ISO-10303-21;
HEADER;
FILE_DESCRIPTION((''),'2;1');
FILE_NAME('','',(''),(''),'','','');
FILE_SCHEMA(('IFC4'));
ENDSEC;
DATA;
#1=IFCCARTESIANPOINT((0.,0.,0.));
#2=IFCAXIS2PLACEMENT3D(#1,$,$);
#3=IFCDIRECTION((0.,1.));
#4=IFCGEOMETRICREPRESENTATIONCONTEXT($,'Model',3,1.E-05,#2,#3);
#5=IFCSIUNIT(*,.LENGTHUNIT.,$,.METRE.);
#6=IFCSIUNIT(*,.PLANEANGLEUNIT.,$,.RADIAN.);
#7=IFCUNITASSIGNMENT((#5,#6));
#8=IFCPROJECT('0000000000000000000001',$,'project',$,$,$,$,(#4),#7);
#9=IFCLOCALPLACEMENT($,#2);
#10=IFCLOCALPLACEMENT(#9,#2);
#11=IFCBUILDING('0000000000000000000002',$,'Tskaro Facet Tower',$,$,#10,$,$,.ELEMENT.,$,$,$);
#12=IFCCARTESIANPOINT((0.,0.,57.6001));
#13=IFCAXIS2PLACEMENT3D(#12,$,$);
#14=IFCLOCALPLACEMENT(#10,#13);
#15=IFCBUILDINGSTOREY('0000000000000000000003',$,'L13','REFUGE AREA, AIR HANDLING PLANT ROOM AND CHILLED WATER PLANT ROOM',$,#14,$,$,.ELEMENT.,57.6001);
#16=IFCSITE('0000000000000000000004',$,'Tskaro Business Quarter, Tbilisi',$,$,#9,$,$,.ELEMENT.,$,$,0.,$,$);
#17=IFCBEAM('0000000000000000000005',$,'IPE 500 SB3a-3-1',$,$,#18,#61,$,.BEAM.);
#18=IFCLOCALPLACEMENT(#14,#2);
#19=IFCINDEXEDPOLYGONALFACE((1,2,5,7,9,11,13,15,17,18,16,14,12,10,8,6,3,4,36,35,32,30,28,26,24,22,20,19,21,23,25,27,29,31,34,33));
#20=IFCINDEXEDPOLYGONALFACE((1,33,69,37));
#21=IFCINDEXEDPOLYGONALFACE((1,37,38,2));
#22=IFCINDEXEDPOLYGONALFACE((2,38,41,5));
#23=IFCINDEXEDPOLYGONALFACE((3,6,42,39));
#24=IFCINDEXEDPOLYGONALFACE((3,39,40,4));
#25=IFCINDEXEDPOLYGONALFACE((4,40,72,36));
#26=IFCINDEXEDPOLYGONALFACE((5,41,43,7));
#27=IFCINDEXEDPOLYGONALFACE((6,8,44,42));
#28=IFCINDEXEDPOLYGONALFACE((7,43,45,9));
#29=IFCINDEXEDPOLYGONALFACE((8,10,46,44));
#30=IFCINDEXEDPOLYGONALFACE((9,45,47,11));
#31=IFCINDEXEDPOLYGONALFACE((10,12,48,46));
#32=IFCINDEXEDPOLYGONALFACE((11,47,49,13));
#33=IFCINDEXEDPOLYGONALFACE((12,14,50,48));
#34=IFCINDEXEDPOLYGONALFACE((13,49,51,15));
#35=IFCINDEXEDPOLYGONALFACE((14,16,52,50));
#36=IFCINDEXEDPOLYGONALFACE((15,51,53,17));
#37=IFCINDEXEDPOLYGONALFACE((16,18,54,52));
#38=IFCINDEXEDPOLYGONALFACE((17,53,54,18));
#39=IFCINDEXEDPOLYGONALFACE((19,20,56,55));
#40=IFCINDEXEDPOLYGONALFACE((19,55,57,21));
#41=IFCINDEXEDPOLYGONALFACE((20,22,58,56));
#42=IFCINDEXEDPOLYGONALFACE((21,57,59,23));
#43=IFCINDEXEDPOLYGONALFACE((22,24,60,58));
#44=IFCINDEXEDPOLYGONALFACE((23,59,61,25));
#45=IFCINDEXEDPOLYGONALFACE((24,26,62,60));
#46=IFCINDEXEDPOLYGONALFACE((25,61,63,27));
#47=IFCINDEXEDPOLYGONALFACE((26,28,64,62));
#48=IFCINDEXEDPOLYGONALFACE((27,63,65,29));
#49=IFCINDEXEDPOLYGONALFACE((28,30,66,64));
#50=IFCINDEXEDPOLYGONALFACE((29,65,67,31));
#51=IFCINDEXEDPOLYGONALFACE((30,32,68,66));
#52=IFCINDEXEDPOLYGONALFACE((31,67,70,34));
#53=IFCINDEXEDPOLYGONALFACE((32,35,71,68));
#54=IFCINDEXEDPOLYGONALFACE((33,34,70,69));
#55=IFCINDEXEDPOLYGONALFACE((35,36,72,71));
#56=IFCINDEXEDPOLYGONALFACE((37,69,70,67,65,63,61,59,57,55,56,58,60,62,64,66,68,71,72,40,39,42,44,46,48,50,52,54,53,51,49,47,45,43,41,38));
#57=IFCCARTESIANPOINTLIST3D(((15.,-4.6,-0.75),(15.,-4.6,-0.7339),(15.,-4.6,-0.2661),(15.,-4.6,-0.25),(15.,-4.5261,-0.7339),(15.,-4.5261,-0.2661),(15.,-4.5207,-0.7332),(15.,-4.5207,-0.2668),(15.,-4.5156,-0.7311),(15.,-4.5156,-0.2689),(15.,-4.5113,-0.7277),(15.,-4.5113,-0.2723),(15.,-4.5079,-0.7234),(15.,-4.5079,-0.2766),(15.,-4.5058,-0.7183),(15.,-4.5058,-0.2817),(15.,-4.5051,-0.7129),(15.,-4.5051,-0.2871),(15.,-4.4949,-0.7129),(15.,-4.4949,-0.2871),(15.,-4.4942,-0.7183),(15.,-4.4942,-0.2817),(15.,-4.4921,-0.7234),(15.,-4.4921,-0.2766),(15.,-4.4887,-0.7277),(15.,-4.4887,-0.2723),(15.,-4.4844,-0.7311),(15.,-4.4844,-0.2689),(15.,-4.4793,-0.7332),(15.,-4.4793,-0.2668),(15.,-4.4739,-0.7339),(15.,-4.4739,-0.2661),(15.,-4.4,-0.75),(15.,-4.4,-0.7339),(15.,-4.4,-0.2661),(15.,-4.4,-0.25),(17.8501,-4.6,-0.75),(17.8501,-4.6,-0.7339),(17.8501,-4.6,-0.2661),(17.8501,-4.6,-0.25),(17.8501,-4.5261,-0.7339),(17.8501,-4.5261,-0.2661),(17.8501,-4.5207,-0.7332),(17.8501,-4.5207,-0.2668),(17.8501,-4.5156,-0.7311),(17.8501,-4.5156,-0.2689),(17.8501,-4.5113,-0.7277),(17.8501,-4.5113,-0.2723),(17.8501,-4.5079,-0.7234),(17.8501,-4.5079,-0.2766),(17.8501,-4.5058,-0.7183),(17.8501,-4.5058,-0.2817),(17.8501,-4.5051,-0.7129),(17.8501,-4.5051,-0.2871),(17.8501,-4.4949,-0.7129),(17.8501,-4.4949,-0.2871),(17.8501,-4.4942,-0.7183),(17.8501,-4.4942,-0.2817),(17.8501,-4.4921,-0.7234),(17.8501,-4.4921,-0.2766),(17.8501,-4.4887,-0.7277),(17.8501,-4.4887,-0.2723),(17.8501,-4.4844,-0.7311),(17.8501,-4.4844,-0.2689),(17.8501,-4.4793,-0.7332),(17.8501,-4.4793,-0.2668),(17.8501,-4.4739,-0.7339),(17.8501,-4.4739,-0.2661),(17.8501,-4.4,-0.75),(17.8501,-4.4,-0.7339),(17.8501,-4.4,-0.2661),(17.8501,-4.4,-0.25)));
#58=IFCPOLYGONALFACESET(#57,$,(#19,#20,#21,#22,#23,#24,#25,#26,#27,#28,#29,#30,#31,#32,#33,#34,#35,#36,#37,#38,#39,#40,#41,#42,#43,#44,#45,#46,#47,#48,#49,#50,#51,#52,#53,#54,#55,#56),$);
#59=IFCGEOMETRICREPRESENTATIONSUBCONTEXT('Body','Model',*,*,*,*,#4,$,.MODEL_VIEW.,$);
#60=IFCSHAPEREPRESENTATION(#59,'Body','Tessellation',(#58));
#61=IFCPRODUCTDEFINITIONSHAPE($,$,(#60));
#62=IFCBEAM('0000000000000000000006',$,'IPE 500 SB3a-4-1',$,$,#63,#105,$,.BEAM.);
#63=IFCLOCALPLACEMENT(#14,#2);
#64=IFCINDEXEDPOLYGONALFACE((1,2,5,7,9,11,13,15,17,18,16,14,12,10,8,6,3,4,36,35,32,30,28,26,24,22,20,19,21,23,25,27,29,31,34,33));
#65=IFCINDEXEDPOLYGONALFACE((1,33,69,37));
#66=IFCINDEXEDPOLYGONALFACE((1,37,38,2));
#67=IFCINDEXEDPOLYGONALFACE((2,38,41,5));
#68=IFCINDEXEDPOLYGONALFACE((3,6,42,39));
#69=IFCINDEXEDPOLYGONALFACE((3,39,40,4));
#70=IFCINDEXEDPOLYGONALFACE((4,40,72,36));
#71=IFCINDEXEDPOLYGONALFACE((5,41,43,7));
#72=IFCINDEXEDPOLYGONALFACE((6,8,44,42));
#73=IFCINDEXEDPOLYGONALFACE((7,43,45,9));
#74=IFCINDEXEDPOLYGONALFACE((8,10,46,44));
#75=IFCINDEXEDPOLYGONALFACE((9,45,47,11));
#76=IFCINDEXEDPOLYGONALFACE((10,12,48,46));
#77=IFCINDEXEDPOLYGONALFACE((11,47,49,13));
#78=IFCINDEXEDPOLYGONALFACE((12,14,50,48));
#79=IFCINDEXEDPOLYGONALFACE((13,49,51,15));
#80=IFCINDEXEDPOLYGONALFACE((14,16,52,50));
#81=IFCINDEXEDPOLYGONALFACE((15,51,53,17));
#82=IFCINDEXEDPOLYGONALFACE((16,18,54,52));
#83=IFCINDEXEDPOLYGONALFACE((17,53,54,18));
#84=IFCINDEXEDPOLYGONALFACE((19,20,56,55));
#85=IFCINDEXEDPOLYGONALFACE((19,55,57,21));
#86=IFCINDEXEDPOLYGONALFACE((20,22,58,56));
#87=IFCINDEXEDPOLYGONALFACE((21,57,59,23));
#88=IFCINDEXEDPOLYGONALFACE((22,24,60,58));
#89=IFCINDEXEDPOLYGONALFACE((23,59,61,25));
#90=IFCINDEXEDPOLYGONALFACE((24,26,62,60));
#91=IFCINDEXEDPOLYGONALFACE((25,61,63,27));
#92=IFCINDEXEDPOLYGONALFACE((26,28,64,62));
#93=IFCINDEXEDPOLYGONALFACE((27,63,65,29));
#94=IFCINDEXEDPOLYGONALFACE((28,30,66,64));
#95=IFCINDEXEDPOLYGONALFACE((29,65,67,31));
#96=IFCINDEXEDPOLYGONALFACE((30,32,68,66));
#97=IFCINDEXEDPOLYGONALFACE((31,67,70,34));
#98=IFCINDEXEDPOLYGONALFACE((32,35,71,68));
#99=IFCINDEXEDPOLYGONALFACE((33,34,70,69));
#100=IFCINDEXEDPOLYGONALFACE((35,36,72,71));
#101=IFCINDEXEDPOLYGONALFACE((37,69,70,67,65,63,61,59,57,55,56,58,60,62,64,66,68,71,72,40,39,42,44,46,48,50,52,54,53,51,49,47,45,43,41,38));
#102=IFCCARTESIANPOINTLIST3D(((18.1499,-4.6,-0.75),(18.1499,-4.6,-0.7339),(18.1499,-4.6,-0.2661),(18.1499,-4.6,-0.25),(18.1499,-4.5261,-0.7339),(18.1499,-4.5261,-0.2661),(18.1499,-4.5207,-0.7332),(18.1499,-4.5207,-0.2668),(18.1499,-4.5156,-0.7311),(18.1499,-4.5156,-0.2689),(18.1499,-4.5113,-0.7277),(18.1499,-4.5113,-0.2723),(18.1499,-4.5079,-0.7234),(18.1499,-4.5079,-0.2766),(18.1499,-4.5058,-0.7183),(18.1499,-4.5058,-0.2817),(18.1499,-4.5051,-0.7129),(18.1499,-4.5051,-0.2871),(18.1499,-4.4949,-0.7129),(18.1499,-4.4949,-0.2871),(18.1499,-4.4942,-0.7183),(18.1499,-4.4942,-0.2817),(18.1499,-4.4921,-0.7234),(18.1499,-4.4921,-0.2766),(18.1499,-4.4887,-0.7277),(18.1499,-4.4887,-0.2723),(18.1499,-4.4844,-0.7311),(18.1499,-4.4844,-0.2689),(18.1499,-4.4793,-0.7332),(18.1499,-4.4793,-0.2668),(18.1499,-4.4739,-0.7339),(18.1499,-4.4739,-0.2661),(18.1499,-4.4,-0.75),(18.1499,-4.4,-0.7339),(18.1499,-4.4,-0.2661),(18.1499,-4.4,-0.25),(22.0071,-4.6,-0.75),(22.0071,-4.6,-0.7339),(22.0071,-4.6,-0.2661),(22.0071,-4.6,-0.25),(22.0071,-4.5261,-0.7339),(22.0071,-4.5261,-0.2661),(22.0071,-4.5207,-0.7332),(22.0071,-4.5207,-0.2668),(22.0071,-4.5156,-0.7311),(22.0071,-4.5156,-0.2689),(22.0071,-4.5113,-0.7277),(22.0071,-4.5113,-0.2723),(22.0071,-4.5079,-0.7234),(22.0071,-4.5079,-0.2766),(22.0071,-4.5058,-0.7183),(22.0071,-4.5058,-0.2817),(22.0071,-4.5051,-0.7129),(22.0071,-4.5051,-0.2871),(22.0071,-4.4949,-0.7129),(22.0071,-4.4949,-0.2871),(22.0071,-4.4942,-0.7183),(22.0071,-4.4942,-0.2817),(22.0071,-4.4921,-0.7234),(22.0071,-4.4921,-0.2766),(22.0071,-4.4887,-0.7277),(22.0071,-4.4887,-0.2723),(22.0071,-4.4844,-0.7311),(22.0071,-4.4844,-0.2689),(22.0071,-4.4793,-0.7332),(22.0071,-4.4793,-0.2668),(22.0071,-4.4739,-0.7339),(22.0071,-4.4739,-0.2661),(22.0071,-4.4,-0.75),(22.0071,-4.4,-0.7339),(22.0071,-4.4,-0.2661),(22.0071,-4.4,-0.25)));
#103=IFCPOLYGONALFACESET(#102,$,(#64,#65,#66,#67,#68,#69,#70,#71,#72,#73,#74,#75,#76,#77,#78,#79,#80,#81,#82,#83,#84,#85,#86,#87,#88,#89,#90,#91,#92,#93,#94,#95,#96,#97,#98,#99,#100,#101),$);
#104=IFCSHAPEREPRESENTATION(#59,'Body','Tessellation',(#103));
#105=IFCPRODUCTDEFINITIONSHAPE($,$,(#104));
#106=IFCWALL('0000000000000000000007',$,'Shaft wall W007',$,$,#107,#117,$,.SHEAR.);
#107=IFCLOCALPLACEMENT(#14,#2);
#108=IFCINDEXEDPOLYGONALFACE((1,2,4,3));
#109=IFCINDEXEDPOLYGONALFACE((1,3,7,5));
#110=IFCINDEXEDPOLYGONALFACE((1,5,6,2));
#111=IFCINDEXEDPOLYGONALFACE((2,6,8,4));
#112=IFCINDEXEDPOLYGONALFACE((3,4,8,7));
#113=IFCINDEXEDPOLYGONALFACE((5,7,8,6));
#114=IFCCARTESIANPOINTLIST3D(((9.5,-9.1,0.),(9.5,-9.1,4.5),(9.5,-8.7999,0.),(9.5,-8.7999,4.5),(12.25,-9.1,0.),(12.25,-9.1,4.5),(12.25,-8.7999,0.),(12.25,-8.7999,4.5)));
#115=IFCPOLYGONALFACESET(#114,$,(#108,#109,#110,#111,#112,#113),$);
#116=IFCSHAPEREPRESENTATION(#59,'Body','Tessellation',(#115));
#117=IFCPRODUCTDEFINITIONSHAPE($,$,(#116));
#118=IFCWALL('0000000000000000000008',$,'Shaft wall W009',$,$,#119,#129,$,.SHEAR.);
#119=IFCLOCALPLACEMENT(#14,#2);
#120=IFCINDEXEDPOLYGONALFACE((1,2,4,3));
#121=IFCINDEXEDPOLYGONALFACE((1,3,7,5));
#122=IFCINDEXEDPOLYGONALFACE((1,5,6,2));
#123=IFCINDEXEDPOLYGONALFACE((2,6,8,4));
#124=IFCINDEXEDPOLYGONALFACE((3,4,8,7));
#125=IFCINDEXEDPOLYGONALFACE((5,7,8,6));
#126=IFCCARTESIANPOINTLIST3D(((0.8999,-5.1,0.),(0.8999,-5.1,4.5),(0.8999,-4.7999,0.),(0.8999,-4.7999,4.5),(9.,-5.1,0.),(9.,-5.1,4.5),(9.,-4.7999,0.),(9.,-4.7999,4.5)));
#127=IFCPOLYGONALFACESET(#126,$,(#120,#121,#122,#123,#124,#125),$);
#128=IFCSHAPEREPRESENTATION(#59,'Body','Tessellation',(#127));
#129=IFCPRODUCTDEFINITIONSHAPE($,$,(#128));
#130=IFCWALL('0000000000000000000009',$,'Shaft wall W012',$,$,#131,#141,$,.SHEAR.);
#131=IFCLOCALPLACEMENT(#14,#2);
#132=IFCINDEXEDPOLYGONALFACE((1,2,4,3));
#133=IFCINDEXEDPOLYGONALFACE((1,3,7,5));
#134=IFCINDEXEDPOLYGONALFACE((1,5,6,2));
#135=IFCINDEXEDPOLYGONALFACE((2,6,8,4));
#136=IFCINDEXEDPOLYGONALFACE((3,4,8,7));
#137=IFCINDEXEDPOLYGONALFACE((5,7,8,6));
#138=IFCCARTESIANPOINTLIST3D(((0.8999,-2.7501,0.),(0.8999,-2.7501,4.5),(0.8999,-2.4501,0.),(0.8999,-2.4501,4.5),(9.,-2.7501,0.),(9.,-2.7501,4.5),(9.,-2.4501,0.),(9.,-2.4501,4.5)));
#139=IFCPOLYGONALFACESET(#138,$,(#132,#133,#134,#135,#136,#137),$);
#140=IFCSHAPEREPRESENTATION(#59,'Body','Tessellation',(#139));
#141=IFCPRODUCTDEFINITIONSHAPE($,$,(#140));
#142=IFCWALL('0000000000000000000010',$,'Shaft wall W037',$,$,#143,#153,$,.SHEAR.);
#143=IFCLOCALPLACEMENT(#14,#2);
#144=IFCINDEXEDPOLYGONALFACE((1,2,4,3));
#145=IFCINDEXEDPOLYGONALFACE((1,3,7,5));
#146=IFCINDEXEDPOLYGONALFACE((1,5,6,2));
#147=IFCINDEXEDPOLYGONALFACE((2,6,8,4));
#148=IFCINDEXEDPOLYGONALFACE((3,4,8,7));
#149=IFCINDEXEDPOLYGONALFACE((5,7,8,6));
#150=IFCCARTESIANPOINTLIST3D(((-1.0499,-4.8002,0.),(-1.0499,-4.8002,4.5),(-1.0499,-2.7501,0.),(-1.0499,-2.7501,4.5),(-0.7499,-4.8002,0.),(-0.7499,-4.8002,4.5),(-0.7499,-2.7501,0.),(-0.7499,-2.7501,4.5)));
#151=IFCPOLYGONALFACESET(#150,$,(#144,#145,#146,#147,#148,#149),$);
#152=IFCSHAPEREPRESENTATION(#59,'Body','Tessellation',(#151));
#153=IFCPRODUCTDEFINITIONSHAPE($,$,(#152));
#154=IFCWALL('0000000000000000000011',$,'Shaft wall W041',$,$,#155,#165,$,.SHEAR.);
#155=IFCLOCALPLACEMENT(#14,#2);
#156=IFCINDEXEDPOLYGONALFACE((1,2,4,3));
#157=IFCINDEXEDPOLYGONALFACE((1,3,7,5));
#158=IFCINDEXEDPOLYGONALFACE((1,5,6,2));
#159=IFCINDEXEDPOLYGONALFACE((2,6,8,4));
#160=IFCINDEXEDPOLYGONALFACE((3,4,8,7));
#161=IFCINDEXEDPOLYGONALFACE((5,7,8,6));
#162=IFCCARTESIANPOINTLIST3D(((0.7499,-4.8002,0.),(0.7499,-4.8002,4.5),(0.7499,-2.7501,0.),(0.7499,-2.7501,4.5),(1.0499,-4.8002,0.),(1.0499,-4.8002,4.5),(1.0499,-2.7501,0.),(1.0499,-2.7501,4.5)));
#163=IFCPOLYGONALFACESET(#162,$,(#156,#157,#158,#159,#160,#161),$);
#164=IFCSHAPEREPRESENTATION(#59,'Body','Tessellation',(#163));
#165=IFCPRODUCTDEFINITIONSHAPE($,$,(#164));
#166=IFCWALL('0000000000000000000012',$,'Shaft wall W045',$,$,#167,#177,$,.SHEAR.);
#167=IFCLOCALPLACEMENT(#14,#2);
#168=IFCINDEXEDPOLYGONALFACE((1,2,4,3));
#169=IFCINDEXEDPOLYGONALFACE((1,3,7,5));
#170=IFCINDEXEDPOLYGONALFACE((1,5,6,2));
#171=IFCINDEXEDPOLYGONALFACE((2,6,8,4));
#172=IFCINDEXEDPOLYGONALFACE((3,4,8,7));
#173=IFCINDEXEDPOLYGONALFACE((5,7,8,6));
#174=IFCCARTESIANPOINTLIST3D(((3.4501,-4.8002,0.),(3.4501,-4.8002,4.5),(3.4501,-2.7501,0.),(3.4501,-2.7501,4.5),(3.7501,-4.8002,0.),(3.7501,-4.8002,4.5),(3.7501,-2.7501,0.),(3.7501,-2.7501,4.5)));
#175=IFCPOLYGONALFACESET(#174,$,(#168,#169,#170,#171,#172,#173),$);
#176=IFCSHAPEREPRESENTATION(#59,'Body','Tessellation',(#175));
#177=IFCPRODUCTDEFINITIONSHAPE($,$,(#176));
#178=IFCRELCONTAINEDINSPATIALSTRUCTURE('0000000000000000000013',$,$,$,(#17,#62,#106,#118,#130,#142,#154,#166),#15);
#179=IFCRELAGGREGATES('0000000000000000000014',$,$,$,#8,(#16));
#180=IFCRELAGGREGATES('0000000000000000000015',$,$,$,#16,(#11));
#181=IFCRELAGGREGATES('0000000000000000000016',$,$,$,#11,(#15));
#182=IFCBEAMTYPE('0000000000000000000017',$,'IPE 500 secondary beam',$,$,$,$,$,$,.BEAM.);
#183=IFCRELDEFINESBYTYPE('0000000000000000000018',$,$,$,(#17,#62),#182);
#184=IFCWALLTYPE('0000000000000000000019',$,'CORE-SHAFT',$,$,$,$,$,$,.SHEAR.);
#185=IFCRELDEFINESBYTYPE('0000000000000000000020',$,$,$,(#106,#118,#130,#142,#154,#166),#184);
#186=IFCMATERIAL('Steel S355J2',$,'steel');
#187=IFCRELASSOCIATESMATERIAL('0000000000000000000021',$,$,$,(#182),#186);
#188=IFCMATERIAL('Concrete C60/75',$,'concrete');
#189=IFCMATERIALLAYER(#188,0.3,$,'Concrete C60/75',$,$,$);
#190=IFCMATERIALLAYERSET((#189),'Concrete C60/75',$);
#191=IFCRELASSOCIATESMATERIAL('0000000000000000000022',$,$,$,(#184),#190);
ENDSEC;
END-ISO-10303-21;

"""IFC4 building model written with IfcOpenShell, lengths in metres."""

from ifc_helpers import new_model, si_unit, direction, frame, frame_2d, origin, origin_2d, place, context, subcontext, project, spatial, rectangle, i_section, extrude, material, layer, layer_set, material_profile, profile_set, type_object, element, save


model = new_model("IFC4")

# Units and contexts
model_context = context("Model", 3, precision=1e-05, world=origin(), true_north=direction((0.0, 1.0)))
body_context = subcontext(model_context, "Body", "Model", "MODEL_VIEW")
ifc_project = project(units=[si_unit("LENGTHUNIT", "METRE"), si_unit("PLANEANGLEUNIT", "RADIAN")], contexts=[model_context])

# Site, building, storey
site_placement = place(None, origin())
site = spatial("IfcSite", under=ifc_project, at=site_placement, Name="Tskaro Business Quarter, Tbilisi", CompositionType="ELEMENT", RefElevation=0.0)
building_placement = place(site_placement, origin())
building = spatial("IfcBuilding", under=site, at=building_placement, Name="Tskaro Facet Tower", CompositionType="ELEMENT")
storey_placement = place(building_placement, frame((0.0, 0.0, 57.6001)))
storey = spatial("IfcBuildingStorey", under=building, at=storey_placement, Name="L13", Description="REFUGE AREA, AIR HANDLING PLANT ROOM AND CHILLED WATER PLANT ROOM", CompositionType="ELEMENT", Elevation=57.6001)

# Beams
ifc_material_1 = material(Name="Steel S355J2", Category="steel")
ifc_material_profile_1 = material_profile(ifc_material_1, i_section(OverallWidth=0.2, OverallDepth=0.5, WebThickness=0.0103, FlangeThickness=0.0161, FilletRadius=0.021, at=origin_2d()), Name="IPE 500")
ifc_profile_set_1 = profile_set([ifc_material_profile_1], Name="Steel S355J2")
beam_type_1 = type_object("IfcBeamType", Name="IPE 500 secondary beam", PredefinedType="BEAM", material=ifc_profile_set_1)
beam_1_placement = place(storey_placement, frame((15.0, -4.5, -0.5), z_axis=(1.0, 0.0, 0.0), x_axis=(0.0, 1.0, 0.0)))
element("IfcBeam", 1, at=beam_1_placement, inside=storey, type_object=beam_type_1, Name="IPE 500 SB3a-3-1", PredefinedType="BEAM", context=body_context, shape_type="SweptSolid", body=[
    extrude(i_section(OverallWidth=0.2, OverallDepth=0.5, WebThickness=0.0103, FlangeThickness=0.0161, FilletRadius=0.021, at=origin_2d()), origin(), (0.0, 0.0, 1.0), 2.8501),
])
beam_2_placement = place(storey_placement, frame((18.1499, -4.5, -0.5), z_axis=(1.0, 0.0, 0.0), x_axis=(0.0, 1.0, 0.0)))
element("IfcBeam", 2, at=beam_2_placement, inside=storey, type_object=beam_type_1, Name="IPE 500 SB3a-4-1", PredefinedType="BEAM", context=body_context, shape_type="SweptSolid", body=[
    extrude(i_section(OverallWidth=0.2, OverallDepth=0.5, WebThickness=0.0103, FlangeThickness=0.0161, FilletRadius=0.021, at=origin_2d()), origin(), (0.0, 0.0, 1.0), 3.8572),
])

# Walls
ifc_material_2 = material(Name="Concrete C60/75", Category="concrete")
ifc_layer_1 = layer(ifc_material_2, 0.3, Name="Concrete C60/75")
ifc_layer_set_1 = layer_set([ifc_layer_1], Name="Concrete C60/75")
wall_type_1 = type_object("IfcWallType", Name="CORE-SHAFT", PredefinedType="SHEAR", material=ifc_layer_set_1)
wall_1_placement = place(storey_placement, frame((9.5, -8.95, 0.0), z_axis=(0.0, 0.0, 1.0), x_axis=(1.0, 0.0, 0.0)))
element("IfcWall", 3, at=wall_1_placement, inside=storey, type_object=wall_type_1, Name="Shaft wall W007", PredefinedType="SHEAR", context=body_context, shape_type="SweptSolid", body=[
    extrude(rectangle(XDim=2.75, YDim=0.3, at=frame_2d((1.375, 0.0))), origin(), (0.0, 0.0, 1.0), 4.5),
])
for number, where, z_axis, x_axis, name in (
    (4, (0.8999, -4.95, 0.0), (0.0, 0.0, 1.0), (1.0, 0.0, 0.0), "Shaft wall W009"),
    (5, (0.8999, -2.6001, 0.0), (0.0, 0.0, 1.0), (1.0, 0.0, 0.0), "Shaft wall W012"),
):
    element("IfcWall", number, at=place(storey_placement, frame(where, z_axis=z_axis, x_axis=x_axis)), inside=storey, type_object=wall_type_1, Name=name, PredefinedType="SHEAR", context=body_context, shape_type="SweptSolid", body=[
        extrude(rectangle(XDim=8.1001, YDim=0.3, at=frame_2d((4.05, 0.0))), origin(), (0.0, 0.0, 1.0), 4.5),
    ])
for number, where, z_axis, x_axis, name in (
    (6, (-0.8999, -4.8, 0.0), (0.0, 0.0, 1.0), (0.0, 1.0, 0.0), "Shaft wall W037"),
    (7, (0.8999, -4.8, 0.0), (0.0, 0.0, 1.0), (0.0, 1.0, 0.0), "Shaft wall W041"),
    (8, (3.6001, -4.8, 0.0), (0.0, 0.0, 1.0), (0.0, 1.0, 0.0), "Shaft wall W045"),
):
    element("IfcWall", number, at=place(storey_placement, frame(where, z_axis=z_axis, x_axis=x_axis)), inside=storey, type_object=wall_type_1, Name=name, PredefinedType="SHEAR", context=body_context, shape_type="SweptSolid", body=[
        extrude(rectangle(XDim=2.05, YDim=0.3, at=frame_2d((1.0249, 0.0))), origin(), (0.0, 0.0, 1.0), 4.5),
    ])

save(model, "model.ifc")
